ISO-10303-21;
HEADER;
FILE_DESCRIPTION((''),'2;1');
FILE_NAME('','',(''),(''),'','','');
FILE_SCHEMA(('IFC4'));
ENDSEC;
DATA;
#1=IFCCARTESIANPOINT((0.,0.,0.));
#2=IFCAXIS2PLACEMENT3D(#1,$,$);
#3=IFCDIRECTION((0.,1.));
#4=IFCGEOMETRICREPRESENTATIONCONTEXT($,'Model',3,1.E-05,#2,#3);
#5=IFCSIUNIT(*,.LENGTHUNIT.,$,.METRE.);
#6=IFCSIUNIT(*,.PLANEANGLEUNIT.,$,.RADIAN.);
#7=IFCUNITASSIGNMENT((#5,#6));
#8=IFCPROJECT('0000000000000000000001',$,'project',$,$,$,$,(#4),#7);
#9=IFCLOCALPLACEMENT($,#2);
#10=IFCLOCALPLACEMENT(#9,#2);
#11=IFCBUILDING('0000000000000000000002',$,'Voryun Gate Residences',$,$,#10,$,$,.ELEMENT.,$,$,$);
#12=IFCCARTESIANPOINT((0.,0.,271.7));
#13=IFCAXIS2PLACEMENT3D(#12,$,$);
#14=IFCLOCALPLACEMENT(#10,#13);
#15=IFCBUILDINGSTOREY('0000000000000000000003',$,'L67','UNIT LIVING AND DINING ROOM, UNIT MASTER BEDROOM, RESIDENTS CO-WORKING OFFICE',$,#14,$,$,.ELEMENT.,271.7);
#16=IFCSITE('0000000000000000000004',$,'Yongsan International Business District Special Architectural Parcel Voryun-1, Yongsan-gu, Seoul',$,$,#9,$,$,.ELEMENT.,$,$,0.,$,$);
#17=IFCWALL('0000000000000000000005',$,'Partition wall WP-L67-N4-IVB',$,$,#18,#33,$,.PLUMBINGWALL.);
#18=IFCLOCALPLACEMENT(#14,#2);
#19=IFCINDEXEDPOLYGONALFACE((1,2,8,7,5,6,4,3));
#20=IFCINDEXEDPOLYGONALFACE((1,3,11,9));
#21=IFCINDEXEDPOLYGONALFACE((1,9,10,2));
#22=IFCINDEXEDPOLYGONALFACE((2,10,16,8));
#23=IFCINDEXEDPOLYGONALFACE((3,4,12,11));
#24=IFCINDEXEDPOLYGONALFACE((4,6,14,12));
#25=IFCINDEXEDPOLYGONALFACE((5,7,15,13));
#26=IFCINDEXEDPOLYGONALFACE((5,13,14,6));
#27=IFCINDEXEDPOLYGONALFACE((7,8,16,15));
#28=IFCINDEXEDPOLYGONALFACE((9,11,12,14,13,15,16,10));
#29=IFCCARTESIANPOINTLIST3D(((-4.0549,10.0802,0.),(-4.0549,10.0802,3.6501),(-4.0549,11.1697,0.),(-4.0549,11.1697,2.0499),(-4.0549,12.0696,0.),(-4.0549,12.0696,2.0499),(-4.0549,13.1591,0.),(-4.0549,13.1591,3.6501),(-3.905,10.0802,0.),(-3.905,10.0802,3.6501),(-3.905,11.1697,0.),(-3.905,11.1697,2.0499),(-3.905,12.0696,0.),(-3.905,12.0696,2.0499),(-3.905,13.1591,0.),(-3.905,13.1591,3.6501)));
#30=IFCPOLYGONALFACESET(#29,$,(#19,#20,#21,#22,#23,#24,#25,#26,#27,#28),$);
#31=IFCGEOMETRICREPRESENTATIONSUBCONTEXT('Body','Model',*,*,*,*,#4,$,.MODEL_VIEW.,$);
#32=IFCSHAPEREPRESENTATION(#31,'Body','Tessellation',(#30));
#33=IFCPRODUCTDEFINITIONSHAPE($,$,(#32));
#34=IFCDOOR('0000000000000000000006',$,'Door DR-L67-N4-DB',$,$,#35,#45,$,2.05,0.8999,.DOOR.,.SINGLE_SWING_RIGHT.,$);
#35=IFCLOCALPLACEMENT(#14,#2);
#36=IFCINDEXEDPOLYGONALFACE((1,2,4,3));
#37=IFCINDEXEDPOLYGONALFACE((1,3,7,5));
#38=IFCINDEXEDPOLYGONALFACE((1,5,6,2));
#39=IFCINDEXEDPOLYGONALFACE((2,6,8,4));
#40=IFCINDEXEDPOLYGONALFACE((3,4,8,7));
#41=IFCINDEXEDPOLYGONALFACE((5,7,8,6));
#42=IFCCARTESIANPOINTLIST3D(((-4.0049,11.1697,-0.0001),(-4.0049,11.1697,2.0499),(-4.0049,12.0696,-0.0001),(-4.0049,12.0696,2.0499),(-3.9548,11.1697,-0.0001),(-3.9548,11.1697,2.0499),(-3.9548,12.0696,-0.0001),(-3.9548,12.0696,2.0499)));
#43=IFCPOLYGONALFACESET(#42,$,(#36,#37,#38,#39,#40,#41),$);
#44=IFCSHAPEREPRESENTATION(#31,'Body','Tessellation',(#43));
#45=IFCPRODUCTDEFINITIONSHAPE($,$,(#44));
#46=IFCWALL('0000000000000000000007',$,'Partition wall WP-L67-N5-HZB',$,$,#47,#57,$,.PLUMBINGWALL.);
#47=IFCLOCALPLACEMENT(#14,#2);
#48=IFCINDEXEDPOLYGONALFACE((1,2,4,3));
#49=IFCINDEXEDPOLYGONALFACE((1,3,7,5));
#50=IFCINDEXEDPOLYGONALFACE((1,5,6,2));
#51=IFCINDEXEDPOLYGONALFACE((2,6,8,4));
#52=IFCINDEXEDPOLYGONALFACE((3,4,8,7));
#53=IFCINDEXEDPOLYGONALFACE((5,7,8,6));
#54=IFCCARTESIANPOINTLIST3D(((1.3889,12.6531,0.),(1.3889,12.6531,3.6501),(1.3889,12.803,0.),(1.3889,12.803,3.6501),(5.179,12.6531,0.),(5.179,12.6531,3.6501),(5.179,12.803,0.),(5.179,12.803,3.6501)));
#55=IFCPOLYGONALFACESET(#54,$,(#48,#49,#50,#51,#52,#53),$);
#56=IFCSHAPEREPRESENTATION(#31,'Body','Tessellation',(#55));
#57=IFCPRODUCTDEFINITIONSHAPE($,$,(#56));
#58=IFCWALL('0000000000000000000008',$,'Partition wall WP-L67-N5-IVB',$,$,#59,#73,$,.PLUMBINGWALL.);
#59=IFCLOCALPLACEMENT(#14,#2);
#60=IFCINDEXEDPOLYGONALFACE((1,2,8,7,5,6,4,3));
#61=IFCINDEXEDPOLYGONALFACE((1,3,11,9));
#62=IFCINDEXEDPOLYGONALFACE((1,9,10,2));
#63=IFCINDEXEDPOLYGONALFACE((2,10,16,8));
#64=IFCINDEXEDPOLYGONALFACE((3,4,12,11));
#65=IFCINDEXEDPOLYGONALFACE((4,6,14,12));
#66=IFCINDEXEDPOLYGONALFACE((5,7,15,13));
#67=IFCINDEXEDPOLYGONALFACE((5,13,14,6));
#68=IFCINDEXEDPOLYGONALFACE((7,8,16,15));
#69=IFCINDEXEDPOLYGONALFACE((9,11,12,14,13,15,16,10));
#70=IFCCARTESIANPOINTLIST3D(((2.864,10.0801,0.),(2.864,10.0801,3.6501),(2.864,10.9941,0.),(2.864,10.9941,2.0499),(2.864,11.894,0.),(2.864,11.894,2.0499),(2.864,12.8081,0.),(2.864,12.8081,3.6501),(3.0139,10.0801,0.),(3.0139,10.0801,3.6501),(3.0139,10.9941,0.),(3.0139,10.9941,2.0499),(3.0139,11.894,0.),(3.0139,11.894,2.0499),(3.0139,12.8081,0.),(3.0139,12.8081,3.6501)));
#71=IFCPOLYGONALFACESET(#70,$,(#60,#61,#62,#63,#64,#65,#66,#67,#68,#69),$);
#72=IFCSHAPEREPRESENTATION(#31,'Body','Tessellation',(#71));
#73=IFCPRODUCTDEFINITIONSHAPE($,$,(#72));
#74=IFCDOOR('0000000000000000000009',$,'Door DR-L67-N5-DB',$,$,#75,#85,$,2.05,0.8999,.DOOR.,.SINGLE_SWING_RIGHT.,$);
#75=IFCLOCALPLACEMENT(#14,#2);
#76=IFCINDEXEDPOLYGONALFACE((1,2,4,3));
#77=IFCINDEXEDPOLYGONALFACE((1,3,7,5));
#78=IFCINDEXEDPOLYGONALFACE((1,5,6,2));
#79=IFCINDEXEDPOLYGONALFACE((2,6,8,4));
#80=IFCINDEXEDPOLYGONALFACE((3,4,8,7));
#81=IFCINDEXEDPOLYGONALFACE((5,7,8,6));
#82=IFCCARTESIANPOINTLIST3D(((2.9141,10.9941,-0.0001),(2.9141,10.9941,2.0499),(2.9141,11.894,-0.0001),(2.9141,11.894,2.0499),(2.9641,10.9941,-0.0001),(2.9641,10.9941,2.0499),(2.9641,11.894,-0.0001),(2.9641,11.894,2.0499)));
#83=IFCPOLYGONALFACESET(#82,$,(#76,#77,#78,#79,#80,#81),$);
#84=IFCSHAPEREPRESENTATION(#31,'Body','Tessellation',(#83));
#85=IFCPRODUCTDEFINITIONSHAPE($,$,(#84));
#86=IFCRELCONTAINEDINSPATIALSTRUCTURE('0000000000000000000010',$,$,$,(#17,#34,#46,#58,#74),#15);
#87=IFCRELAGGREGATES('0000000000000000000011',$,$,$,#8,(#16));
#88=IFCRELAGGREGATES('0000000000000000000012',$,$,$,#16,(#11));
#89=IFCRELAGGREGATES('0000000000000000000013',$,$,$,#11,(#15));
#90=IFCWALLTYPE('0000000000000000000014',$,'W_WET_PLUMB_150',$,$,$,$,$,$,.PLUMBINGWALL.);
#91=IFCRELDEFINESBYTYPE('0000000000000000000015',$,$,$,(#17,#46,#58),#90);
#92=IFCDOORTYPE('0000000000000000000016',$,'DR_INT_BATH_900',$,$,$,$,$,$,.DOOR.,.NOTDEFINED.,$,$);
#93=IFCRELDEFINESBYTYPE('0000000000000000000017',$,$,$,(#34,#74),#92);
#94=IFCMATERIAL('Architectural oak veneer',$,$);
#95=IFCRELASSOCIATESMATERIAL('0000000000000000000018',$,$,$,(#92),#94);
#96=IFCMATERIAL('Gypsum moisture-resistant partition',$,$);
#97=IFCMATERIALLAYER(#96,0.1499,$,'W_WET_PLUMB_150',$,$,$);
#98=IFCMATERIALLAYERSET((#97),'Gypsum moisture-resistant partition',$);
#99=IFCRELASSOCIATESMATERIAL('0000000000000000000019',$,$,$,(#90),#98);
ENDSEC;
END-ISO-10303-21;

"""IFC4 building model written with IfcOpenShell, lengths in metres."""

from ifc_helpers import new_model, si_unit, direction, frame, frame_2d, origin, place, context, subcontext, project, spatial, rectangle, extrude, material, layer, layer_set, type_object, element, fill, save


model = new_model("IFC4")

# Units and contexts
model_context = context("Model", 3, precision=1e-05, world=origin(), true_north=direction((0.0, 1.0)))
body_context = subcontext(model_context, "Body", "Model", "MODEL_VIEW")
ifc_project = project(units=[si_unit("LENGTHUNIT", "METRE"), si_unit("PLANEANGLEUNIT", "RADIAN")], contexts=[model_context])

# Site, building, storey
site_placement = place(None, origin())
site = spatial("IfcSite", under=ifc_project, at=site_placement, Name="Yongsan International Business District Special Architectural Parcel Voryun-1, Yongsan-gu, Seoul", CompositionType="ELEMENT", RefElevation=0.0)
building_placement = place(site_placement, origin())
building = spatial("IfcBuilding", under=site, at=building_placement, Name="Voryun Gate Residences", CompositionType="ELEMENT")
storey_placement = place(building_placement, frame((0.0, 0.0, 271.7)))
storey = spatial("IfcBuildingStorey", under=building, at=storey_placement, Name="L67", Description="UNIT LIVING AND DINING ROOM, UNIT MASTER BEDROOM, RESIDENTS CO-WORKING OFFICE", CompositionType="ELEMENT", Elevation=271.7)

# Shared definitions
ifc_material_1 = material(Name="Architectural oak veneer")
door_type_1 = type_object("IfcDoorType", Name="DR_INT_BATH_900", OperationType="NOTDEFINED", PredefinedType="DOOR", material=ifc_material_1)

# Wall, opening, door
ifc_material_2 = material(Name="Gypsum moisture-resistant partition")
ifc_layer_1 = layer(ifc_material_2, 0.1499, Name="W_WET_PLUMB_150")
ifc_layer_set_1 = layer_set([ifc_layer_1], Name="Gypsum moisture-resistant partition")
wall_type_1 = type_object("IfcWallType", Name="W_WET_PLUMB_150", PredefinedType="PLUMBINGWALL", material=ifc_layer_set_1)
wall_1_placement = place(storey_placement, frame((-3.98, 10.0801, 0.0), z_axis=(0.0, 0.0, 1.0), x_axis=(0.0, 1.0, 0.0)))
wall_1 = element("IfcWall", 1, at=wall_1_placement, inside=storey, type_object=wall_type_1, Name="Partition wall WP-L67-N4-IVB", PredefinedType="PLUMBINGWALL", context=body_context, shape_type="SweptSolid", body=[
    extrude(rectangle(XDim=3.0789, YDim=0.1499, at=frame_2d((1.5396, 0.0))), origin(), (0.0, 0.0, 1.0), 3.6501),
])
opening_1_placement = place(wall_1_placement, frame((1.0896, 0.0, 0.0)))
opening_1 = element("IfcOpeningElement", 2, at=opening_1_placement, cuts=wall_1, PredefinedType="OPENING", context=body_context, shape_type="SweptSolid", body=[
    extrude(rectangle(XDim=0.8999, YDim=2.05, at=frame_2d((0.45, 1.0249))), frame((0.0, 0.085, 0.0), z_axis=(0.0, -1.0, 0.0), x_axis=(1.0, 0.0, 0.0)), (0.0, 0.0, 1.0), 0.1699),
])
door_1_placement = place(opening_1_placement, origin())
door_1 = element("IfcDoor", 3, at=door_1_placement, inside=storey, type_object=door_type_1, Name="Door DR-L67-N4-DB", OperationType="SINGLE_SWING_RIGHT", OverallHeight=2.05, OverallWidth=0.8999, PredefinedType="DOOR", context=body_context, shape_type="SweptSolid", body=[
    extrude(rectangle(XDim=0.8999, YDim=2.05, at=frame_2d((0.45, 1.0249))), frame((0.0, 0.0249, 0.0), z_axis=(0.0, -1.0, 0.0), x_axis=(1.0, 0.0, 0.0)), (0.0, 0.0, 1.0), 0.05),
])
fill(opening_1, door_1)

# Wall
wall_2_placement = place(storey_placement, frame((1.3889, 12.728, 0.0), z_axis=(0.0, 0.0, 1.0), x_axis=(1.0, 0.0, 0.0)))
element("IfcWall", 4, at=wall_2_placement, inside=storey, type_object=wall_type_1, Name="Partition wall WP-L67-N5-HZB", PredefinedType="PLUMBINGWALL", context=body_context, shape_type="SweptSolid", body=[
    extrude(rectangle(XDim=3.79, YDim=0.1499, at=frame_2d((1.895, 0.0))), origin(), (0.0, 0.0, 1.0), 3.6501),
])

# Wall, opening, door
wall_3_placement = place(storey_placement, frame((2.939, 10.0801, 0.0), z_axis=(0.0, 0.0, 1.0), x_axis=(0.0, 1.0, 0.0)))
wall_3 = element("IfcWall", 5, at=wall_3_placement, inside=storey, type_object=wall_type_1, Name="Partition wall WP-L67-N5-IVB", PredefinedType="PLUMBINGWALL", context=body_context, shape_type="SweptSolid", body=[
    extrude(rectangle(XDim=2.728, YDim=0.1499, at=frame_2d((1.364, 0.0))), origin(), (0.0, 0.0, 1.0), 3.6501),
])
opening_2_placement = place(wall_3_placement, frame((0.9141, 0.0, 0.0)))
opening_2 = element("IfcOpeningElement", 6, at=opening_2_placement, cuts=wall_3, PredefinedType="OPENING", context=body_context, shape_type="SweptSolid", body=[
    extrude(rectangle(XDim=0.8999, YDim=2.05, at=frame_2d((0.45, 1.0249))), frame((0.0, 0.085, 0.0), z_axis=(0.0, -1.0, 0.0), x_axis=(1.0, 0.0, 0.0)), (0.0, 0.0, 1.0), 0.1699),
])
door_2_placement = place(opening_2_placement, origin())
door_2 = element("IfcDoor", 7, at=door_2_placement, inside=storey, type_object=door_type_1, Name="Door DR-L67-N5-DB", OperationType="SINGLE_SWING_RIGHT", OverallHeight=2.05, OverallWidth=0.8999, PredefinedType="DOOR", context=body_context, shape_type="SweptSolid", body=[
    extrude(rectangle(XDim=0.8999, YDim=2.05, at=frame_2d((0.45, 1.0249))), frame((0.0, 0.0249, 0.0), z_axis=(0.0, -1.0, 0.0), x_axis=(1.0, 0.0, 0.0)), (0.0, 0.0, 1.0), 0.05),
])
fill(opening_2, door_2)

save(model, "model.ifc")
